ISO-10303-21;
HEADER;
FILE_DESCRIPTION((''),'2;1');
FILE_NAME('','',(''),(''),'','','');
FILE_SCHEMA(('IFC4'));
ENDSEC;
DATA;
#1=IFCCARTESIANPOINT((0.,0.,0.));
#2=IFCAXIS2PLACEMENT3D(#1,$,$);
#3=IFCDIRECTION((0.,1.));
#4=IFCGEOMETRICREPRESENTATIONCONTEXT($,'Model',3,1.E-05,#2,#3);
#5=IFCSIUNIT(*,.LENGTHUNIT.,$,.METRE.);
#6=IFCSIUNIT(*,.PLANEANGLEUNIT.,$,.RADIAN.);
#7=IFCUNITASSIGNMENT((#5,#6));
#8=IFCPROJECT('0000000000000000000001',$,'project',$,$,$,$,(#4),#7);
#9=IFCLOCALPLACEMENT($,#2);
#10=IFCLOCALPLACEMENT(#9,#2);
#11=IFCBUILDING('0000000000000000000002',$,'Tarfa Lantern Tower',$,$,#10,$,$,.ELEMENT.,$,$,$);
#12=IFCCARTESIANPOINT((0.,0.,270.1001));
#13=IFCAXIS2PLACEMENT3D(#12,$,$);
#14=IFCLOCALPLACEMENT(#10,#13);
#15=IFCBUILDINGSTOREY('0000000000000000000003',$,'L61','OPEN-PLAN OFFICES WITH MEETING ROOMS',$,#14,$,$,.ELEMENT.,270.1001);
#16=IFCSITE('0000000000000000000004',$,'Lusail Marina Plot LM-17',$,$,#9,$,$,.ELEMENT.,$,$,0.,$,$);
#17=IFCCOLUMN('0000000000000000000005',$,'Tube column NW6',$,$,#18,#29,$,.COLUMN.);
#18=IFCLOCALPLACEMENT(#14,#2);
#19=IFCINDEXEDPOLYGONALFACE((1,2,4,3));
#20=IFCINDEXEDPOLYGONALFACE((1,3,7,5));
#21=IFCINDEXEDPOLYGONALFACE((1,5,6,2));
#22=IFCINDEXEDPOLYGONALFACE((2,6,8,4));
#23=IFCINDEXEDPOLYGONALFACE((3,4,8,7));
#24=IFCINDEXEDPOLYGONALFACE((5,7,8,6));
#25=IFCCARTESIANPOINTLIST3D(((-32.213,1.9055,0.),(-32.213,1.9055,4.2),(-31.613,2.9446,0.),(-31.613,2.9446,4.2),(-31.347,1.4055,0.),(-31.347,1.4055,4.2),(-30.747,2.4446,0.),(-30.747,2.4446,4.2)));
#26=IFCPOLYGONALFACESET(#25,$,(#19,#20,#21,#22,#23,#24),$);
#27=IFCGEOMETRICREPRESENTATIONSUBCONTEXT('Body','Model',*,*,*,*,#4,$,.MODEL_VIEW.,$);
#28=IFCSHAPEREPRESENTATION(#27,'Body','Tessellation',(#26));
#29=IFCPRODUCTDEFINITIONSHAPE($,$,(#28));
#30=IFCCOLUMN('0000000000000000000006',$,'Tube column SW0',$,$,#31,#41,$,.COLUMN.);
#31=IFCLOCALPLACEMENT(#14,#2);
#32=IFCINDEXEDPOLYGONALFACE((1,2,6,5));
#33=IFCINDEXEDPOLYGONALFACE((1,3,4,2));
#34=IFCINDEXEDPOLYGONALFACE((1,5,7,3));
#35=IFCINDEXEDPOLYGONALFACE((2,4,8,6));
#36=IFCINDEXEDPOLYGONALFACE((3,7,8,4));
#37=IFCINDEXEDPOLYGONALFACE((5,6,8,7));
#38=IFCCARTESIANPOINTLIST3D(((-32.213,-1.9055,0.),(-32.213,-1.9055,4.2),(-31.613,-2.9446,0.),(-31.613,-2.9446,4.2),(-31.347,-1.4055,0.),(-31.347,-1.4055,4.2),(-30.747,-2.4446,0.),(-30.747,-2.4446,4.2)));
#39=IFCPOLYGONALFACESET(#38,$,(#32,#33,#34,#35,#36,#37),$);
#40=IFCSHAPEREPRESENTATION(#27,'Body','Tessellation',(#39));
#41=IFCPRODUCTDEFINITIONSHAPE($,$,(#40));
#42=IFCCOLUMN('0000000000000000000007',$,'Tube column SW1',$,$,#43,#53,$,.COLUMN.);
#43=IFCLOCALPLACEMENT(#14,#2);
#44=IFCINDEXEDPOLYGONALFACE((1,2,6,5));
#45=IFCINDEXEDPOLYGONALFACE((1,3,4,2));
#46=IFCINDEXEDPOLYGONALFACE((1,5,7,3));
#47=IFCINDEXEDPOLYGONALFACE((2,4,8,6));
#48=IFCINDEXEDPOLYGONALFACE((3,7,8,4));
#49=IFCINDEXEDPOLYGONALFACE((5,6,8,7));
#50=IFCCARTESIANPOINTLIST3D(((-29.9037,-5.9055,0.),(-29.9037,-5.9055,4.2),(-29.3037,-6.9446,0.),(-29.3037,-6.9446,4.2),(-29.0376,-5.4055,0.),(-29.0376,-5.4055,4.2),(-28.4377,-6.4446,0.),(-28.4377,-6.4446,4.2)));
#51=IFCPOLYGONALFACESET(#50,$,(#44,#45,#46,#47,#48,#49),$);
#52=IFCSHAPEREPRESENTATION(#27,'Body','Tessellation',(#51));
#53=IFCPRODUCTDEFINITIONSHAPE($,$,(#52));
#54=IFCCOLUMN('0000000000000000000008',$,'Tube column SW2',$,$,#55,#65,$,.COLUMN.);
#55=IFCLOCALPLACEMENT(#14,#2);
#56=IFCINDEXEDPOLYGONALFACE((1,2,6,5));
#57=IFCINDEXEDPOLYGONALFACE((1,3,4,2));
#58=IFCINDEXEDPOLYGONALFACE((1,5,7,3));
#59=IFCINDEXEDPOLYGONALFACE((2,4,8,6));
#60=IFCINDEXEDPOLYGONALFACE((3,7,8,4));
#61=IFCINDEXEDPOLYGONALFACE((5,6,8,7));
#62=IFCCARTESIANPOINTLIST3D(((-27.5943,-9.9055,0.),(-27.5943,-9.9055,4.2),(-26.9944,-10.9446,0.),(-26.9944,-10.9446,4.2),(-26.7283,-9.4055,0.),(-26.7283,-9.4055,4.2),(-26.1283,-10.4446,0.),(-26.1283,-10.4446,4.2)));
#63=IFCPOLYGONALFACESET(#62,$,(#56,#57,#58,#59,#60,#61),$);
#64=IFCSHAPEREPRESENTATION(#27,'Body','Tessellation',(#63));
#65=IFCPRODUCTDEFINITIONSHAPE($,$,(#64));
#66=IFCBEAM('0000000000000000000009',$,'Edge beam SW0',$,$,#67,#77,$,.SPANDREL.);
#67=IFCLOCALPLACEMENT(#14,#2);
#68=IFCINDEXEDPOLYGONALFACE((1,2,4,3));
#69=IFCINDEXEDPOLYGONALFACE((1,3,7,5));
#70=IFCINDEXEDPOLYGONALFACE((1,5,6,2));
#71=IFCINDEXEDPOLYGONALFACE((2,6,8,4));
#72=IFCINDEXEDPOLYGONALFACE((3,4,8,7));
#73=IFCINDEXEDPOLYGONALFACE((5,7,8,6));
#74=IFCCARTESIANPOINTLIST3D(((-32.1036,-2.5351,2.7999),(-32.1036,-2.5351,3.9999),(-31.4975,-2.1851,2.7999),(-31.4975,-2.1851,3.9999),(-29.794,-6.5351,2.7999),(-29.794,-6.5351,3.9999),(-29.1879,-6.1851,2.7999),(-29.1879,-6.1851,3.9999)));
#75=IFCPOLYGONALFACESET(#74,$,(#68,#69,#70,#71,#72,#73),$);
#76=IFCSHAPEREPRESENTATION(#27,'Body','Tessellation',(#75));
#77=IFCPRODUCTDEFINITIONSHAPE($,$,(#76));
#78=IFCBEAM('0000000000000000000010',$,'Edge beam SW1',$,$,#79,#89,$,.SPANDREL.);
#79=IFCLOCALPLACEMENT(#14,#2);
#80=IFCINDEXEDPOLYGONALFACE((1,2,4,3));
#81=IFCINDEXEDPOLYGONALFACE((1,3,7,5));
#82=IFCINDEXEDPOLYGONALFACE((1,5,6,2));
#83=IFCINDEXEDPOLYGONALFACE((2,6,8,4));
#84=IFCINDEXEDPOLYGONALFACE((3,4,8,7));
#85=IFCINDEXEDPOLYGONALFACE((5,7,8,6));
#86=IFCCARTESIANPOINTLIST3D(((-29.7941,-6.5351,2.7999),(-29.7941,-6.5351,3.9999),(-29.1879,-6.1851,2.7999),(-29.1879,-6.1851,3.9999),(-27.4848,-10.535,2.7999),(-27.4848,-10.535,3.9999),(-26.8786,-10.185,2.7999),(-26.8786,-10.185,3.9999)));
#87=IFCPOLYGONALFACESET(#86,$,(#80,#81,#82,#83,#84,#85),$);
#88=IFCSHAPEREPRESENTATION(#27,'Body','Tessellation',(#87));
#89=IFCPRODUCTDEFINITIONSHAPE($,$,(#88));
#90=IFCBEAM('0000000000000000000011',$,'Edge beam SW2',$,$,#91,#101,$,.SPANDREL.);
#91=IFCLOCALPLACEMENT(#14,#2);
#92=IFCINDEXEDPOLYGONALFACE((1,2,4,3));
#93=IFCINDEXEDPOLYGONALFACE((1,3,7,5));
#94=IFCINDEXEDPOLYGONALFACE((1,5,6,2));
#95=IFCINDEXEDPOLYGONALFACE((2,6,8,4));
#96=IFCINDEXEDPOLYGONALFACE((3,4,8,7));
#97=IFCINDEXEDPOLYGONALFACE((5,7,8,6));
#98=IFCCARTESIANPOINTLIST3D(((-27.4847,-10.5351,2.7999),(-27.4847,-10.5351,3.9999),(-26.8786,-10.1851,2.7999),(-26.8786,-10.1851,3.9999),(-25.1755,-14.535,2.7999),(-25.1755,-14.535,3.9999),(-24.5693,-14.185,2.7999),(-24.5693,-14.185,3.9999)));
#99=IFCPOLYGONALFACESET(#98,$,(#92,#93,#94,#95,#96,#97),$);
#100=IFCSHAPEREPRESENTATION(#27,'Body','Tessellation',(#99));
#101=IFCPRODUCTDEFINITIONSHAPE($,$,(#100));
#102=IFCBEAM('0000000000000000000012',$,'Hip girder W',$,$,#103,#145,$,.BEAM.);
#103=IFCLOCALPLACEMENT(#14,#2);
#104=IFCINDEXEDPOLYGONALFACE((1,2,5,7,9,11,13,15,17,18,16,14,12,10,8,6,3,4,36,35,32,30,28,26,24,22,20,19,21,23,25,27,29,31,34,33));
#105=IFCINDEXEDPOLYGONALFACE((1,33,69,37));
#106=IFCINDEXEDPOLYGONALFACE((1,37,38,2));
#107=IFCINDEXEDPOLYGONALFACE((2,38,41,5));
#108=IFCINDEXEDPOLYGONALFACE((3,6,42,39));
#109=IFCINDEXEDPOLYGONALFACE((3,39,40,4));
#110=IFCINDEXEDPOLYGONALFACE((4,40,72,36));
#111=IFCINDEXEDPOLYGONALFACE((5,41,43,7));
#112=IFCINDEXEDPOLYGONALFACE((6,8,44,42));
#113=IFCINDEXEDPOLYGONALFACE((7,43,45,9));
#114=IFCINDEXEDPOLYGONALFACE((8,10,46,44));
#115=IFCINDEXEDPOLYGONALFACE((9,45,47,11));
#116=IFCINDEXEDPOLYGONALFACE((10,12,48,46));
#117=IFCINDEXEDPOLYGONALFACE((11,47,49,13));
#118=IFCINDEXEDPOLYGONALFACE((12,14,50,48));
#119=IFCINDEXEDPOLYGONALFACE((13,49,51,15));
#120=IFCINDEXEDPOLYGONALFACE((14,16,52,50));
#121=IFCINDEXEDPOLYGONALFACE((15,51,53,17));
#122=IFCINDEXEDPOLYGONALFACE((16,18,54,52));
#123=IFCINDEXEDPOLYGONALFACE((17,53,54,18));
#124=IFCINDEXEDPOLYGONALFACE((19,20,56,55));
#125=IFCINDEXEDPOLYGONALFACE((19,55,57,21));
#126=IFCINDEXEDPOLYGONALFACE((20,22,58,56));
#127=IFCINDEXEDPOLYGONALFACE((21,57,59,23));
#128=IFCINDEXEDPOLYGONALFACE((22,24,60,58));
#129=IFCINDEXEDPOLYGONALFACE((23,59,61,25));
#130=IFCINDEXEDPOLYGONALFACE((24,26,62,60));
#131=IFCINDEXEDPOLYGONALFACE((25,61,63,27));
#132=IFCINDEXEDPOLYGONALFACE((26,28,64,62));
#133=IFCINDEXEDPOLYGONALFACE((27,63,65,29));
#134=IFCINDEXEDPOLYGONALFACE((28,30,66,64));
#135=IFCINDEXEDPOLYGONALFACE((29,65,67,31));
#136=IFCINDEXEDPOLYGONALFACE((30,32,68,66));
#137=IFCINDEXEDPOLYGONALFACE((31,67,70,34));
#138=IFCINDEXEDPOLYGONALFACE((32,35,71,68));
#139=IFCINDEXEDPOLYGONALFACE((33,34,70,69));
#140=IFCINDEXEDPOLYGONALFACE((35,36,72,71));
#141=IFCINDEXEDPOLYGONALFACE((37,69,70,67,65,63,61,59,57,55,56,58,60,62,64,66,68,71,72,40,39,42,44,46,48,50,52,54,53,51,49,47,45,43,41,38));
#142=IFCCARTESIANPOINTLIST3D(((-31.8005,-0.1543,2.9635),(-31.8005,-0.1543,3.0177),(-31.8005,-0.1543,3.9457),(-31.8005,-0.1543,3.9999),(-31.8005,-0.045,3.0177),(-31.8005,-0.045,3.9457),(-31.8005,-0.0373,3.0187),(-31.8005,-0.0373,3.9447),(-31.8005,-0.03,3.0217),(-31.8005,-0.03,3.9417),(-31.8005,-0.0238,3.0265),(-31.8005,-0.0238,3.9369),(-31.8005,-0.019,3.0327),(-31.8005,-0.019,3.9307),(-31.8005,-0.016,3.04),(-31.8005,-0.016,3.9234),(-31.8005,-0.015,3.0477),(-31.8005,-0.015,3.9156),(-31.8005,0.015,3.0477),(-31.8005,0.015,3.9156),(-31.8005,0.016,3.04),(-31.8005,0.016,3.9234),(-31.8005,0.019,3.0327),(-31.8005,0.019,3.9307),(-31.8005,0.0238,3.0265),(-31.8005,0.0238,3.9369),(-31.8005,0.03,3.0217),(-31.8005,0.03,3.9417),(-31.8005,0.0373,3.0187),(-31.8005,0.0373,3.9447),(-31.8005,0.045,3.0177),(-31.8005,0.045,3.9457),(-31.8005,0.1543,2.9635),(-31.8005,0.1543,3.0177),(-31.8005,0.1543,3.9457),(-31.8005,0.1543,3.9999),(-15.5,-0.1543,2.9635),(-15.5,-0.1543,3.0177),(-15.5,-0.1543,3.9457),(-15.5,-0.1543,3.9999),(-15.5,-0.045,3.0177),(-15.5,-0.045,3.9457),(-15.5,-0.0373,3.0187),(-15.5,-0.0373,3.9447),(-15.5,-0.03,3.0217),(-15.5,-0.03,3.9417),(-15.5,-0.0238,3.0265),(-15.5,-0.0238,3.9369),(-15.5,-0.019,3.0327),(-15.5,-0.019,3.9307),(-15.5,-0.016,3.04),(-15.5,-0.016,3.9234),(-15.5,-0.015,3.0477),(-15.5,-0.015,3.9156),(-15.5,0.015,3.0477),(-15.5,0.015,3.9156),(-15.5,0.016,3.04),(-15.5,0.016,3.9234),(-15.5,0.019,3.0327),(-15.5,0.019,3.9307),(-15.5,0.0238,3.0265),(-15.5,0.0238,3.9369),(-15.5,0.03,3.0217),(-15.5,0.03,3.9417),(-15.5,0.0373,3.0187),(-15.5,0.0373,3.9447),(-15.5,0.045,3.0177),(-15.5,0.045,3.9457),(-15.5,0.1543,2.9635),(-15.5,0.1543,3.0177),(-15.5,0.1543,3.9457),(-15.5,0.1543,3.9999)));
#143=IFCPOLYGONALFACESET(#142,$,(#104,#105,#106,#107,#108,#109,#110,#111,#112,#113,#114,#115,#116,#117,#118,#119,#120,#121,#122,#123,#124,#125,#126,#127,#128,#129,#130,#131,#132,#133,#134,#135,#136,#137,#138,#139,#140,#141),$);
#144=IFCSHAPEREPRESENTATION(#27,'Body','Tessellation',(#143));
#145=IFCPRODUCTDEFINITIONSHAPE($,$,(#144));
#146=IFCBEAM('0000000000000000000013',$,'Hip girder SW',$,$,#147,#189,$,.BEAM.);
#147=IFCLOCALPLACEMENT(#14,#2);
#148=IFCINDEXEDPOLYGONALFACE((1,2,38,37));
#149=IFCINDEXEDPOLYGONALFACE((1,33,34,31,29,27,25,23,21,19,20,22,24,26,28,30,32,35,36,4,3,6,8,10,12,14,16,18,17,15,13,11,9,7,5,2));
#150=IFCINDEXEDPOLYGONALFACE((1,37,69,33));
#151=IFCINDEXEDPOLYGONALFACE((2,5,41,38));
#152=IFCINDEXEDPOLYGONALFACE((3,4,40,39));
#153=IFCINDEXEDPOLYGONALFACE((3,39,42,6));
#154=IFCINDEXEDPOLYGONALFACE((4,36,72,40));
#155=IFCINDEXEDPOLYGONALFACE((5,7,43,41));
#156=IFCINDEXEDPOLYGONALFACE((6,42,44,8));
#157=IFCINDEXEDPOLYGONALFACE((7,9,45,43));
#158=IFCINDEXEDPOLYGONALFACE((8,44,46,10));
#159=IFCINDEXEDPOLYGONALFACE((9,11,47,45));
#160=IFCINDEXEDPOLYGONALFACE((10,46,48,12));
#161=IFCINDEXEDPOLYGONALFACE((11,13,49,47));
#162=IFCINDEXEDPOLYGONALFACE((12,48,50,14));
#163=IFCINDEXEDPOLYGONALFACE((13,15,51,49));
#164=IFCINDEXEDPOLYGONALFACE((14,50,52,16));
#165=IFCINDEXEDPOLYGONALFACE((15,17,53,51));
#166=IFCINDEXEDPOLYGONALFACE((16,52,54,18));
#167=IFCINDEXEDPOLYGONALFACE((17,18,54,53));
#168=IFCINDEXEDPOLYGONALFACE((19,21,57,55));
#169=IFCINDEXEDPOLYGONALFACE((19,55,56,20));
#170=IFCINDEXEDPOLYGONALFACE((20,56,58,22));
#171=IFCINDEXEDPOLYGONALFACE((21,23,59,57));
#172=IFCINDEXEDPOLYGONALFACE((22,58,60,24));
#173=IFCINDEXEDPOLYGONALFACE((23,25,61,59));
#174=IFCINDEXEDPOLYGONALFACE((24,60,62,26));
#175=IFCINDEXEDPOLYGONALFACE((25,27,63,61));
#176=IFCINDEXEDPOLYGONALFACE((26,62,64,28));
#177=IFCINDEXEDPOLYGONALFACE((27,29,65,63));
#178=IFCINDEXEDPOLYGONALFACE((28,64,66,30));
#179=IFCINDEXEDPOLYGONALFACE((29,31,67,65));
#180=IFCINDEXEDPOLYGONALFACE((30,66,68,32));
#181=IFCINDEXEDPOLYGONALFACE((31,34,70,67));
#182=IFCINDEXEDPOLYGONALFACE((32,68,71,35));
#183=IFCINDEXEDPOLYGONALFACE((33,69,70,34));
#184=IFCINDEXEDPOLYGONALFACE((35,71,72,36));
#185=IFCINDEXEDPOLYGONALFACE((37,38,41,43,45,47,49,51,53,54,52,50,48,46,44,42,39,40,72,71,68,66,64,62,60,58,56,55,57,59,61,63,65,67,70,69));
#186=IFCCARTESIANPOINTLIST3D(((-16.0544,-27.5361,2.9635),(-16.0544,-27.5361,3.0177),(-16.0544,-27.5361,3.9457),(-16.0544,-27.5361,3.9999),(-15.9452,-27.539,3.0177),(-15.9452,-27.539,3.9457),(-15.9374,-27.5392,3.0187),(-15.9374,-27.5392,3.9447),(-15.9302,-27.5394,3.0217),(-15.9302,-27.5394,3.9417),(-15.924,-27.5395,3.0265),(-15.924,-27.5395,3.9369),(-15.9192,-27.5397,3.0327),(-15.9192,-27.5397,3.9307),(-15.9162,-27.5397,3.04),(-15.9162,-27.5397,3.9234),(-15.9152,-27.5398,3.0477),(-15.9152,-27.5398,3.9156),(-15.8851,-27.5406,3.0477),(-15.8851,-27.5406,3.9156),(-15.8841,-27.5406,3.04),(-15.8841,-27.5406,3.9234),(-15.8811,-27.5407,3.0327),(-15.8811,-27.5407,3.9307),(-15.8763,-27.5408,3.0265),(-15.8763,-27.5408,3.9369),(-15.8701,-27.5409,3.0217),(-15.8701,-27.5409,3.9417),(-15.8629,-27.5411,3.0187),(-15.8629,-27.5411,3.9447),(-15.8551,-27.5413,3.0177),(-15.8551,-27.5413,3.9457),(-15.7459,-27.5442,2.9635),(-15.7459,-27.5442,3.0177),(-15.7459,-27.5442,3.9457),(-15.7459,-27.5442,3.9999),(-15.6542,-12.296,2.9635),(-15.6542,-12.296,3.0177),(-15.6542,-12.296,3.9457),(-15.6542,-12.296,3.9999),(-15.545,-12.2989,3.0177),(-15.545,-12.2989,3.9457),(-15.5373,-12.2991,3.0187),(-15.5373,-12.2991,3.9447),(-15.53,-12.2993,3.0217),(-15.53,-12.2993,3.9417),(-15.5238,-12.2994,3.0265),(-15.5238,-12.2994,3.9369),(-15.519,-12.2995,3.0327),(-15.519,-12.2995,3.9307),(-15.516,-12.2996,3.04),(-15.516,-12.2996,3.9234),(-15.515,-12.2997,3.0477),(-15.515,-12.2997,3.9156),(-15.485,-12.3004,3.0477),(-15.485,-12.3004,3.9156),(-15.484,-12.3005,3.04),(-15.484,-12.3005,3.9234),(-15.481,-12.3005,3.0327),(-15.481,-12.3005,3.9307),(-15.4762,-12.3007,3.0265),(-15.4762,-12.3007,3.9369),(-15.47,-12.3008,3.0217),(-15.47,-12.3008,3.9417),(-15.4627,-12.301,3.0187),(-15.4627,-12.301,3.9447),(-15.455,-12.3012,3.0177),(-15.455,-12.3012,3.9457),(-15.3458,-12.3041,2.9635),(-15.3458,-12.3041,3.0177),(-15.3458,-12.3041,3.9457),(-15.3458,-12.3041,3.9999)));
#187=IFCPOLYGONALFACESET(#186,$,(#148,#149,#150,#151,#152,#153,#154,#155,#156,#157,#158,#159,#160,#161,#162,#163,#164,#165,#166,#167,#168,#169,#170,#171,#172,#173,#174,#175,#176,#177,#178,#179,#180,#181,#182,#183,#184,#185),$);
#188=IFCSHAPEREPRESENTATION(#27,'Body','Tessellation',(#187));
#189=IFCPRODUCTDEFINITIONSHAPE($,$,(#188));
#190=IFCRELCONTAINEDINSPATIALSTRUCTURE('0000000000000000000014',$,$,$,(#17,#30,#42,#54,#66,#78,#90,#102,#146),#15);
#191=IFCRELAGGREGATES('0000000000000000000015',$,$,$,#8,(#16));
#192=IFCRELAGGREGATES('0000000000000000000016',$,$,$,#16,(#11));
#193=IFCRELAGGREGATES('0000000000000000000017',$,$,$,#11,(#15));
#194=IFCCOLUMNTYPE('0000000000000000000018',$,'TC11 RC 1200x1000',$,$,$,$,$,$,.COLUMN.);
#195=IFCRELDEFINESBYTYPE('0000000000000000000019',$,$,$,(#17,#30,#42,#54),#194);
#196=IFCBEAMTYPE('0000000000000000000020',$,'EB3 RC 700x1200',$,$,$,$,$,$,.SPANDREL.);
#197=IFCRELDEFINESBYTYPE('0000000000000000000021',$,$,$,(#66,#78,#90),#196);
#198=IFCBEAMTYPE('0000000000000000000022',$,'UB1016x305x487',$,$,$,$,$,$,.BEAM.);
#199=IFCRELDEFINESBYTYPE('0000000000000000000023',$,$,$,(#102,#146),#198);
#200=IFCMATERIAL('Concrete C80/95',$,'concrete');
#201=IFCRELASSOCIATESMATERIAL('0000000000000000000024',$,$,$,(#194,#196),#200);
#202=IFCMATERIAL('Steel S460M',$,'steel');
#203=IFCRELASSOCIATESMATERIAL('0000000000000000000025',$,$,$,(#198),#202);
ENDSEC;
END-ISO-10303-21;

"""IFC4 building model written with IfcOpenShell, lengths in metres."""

from ifc_helpers import new_model, si_unit, direction, frame, origin, origin_2d, place, context, subcontext, project, spatial, rectangle, i_section, extrude, material, material_profile, profile_set, type_object, element, save


model = new_model("IFC4")

# Units and contexts
model_context = context("Model", 3, precision=1e-05, world=origin(), true_north=direction((0.0, 1.0)))
body_context = subcontext(model_context, "Body", "Model", "MODEL_VIEW")
ifc_project = project(units=[si_unit("LENGTHUNIT", "METRE"), si_unit("PLANEANGLEUNIT", "RADIAN")], contexts=[model_context])

# Site, building, storey
site_placement = place(None, origin())
site = spatial("IfcSite", under=ifc_project, at=site_placement, Name="Lusail Marina Plot LM-17", CompositionType="ELEMENT", RefElevation=0.0)
building_placement = place(site_placement, origin())
building = spatial("IfcBuilding", under=site, at=building_placement, Name="Tarfa Lantern Tower", CompositionType="ELEMENT")
storey_placement = place(building_placement, frame((0.0, 0.0, 270.1001)))
storey = spatial("IfcBuildingStorey", under=building, at=storey_placement, Name="L61", Description="OPEN-PLAN OFFICES WITH MEETING ROOMS", CompositionType="ELEMENT", Elevation=270.1001)

# Columns
ifc_material_1 = material(Name="Concrete C80/95", Category="concrete")
ifc_material_profile_1 = material_profile(ifc_material_1, rectangle(XDim=1.2, YDim=1.0, at=origin_2d()), Name="RC 1200x1000")
ifc_profile_set_1 = profile_set([ifc_material_profile_1], Name="Concrete C80/95")
column_type = type_object("IfcColumnType", Name="TC11 RC 1200x1000", PredefinedType="COLUMN", material=ifc_profile_set_1)
for number, where, z_axis, x_axis, name in (
    (1, (-31.48, 2.175, 0.0), (0.0, 0.0, 1.0), (-0.5, -0.866025, 0.0), "Tube column NW6"),
    (2, (-31.48, -2.175, 0.0), (0.0, 0.0, 1.0), (0.5, -0.866025, 0.0), "Tube column SW0"),
    (3, (-29.1707, -6.175, 0.0), (0.0, 0.0, 1.0), (0.5, -0.866025, 0.0), "Tube column SW1"),
    (4, (-26.8613, -10.175, 0.0), (0.0, 0.0, 1.0), (0.5, -0.866025, 0.0), "Tube column SW2"),
):
    element("IfcColumn", number, at=place(storey_placement, frame(where, z_axis=z_axis, x_axis=x_axis)), inside=storey, type_object=column_type, Name=name, PredefinedType="COLUMN", context=body_context, shape_type="SweptSolid", body=[
        extrude(rectangle(XDim=1.2, YDim=1.0, at=origin_2d()), origin(), (0.0, 0.0, 1.0), 4.2),
    ])

# Beams
ifc_material_profile_2 = material_profile(ifc_material_1, rectangle(XDim=0.7, YDim=1.2, at=origin_2d()), Name="RC 700x1200")
ifc_profile_set_2 = profile_set([ifc_material_profile_2], Name="Concrete C80/95")
beam_type_1 = type_object("IfcBeamType", Name="EB3 RC 700x1200", PredefinedType="SPANDREL", material=ifc_profile_set_2)
beam_1_placement = place(storey_placement, frame((-31.8005, -2.3601, 3.3999), z_axis=(0.500027, -0.86601, 0.0), x_axis=(0.86601, 0.500027, 0.0)))
element("IfcBeam", 5, at=beam_1_placement, inside=storey, type_object=beam_type_1, Name="Edge beam SW0", PredefinedType="SPANDREL", context=body_context, shape_type="SweptSolid", body=[
    extrude(rectangle(XDim=0.7, YDim=1.2, at=origin_2d()), origin(), (0.0, 0.0, 1.0), 4.6189),
])
for number, where, z_axis, x_axis, name in (
    (6, (-29.491, -6.3601, 3.3999), (0.499988, -0.866032, 0.0), (0.866032, 0.499988, 0.0), "Edge beam SW1"),
    (7, (-27.1816, -10.3601, 3.3999), (0.499988, -0.866032, 0.0), (0.866032, 0.499988, 0.0), "Edge beam SW2"),
):
    element("IfcBeam", number, at=place(storey_placement, frame(where, z_axis=z_axis, x_axis=x_axis)), inside=storey, type_object=beam_type_1, Name=name, PredefinedType="SPANDREL", context=body_context, shape_type="SweptSolid", body=[
        extrude(rectangle(XDim=0.7, YDim=1.2, at=origin_2d()), origin(), (0.0, 0.0, 1.0), 4.6187),
    ])
ifc_material_2 = material(Name="Steel S460M", Category="steel")
ifc_material_profile_3 = material_profile(ifc_material_2, i_section(OverallWidth=0.3086, OverallDepth=1.0364, WebThickness=0.03, FlangeThickness=0.0542, FilletRadius=0.03, at=origin_2d()), Name="UB1016x305x487")
ifc_profile_set_3 = profile_set([ifc_material_profile_3], Name="Steel S460M")
beam_type_2 = type_object("IfcBeamType", Name="UB1016x305x487", PredefinedType="BEAM", material=ifc_profile_set_3)
beam_2_placement = place(storey_placement, frame((-15.5, 0.0, 3.4817), z_axis=(-1.0, 0.0, 0.0), x_axis=(0.0, -1.0, 0.0)))
element("IfcBeam", 8, at=beam_2_placement, inside=storey, type_object=beam_type_2, Name="Hip girder W", PredefinedType="BEAM", context=body_context, shape_type="SweptSolid", body=[
    extrude(i_section(OverallWidth=0.3086, OverallDepth=1.0364, WebThickness=0.03, FlangeThickness=0.0542, FilletRadius=0.03, at=origin_2d()), origin(), (0.0, 0.0, 1.0), 16.3005),
])
beam_3_placement = place(storey_placement, frame((-15.5, -12.3, 3.4817), z_axis=(-0.026247, -0.999655, 0.0), x_axis=(0.999655, -0.026247, 0.0)))
element("IfcBeam", 9, at=beam_3_placement, inside=storey, type_object=beam_type_2, Name="Hip girder SW", PredefinedType="BEAM", context=body_context, shape_type="SweptSolid", body=[
    extrude(i_section(OverallWidth=0.3086, OverallDepth=1.0364, WebThickness=0.03, FlangeThickness=0.0542, FilletRadius=0.03, at=origin_2d()), origin(), (0.0, 0.0, 1.0), 15.2454),
])

save(model, "model.ifc")
